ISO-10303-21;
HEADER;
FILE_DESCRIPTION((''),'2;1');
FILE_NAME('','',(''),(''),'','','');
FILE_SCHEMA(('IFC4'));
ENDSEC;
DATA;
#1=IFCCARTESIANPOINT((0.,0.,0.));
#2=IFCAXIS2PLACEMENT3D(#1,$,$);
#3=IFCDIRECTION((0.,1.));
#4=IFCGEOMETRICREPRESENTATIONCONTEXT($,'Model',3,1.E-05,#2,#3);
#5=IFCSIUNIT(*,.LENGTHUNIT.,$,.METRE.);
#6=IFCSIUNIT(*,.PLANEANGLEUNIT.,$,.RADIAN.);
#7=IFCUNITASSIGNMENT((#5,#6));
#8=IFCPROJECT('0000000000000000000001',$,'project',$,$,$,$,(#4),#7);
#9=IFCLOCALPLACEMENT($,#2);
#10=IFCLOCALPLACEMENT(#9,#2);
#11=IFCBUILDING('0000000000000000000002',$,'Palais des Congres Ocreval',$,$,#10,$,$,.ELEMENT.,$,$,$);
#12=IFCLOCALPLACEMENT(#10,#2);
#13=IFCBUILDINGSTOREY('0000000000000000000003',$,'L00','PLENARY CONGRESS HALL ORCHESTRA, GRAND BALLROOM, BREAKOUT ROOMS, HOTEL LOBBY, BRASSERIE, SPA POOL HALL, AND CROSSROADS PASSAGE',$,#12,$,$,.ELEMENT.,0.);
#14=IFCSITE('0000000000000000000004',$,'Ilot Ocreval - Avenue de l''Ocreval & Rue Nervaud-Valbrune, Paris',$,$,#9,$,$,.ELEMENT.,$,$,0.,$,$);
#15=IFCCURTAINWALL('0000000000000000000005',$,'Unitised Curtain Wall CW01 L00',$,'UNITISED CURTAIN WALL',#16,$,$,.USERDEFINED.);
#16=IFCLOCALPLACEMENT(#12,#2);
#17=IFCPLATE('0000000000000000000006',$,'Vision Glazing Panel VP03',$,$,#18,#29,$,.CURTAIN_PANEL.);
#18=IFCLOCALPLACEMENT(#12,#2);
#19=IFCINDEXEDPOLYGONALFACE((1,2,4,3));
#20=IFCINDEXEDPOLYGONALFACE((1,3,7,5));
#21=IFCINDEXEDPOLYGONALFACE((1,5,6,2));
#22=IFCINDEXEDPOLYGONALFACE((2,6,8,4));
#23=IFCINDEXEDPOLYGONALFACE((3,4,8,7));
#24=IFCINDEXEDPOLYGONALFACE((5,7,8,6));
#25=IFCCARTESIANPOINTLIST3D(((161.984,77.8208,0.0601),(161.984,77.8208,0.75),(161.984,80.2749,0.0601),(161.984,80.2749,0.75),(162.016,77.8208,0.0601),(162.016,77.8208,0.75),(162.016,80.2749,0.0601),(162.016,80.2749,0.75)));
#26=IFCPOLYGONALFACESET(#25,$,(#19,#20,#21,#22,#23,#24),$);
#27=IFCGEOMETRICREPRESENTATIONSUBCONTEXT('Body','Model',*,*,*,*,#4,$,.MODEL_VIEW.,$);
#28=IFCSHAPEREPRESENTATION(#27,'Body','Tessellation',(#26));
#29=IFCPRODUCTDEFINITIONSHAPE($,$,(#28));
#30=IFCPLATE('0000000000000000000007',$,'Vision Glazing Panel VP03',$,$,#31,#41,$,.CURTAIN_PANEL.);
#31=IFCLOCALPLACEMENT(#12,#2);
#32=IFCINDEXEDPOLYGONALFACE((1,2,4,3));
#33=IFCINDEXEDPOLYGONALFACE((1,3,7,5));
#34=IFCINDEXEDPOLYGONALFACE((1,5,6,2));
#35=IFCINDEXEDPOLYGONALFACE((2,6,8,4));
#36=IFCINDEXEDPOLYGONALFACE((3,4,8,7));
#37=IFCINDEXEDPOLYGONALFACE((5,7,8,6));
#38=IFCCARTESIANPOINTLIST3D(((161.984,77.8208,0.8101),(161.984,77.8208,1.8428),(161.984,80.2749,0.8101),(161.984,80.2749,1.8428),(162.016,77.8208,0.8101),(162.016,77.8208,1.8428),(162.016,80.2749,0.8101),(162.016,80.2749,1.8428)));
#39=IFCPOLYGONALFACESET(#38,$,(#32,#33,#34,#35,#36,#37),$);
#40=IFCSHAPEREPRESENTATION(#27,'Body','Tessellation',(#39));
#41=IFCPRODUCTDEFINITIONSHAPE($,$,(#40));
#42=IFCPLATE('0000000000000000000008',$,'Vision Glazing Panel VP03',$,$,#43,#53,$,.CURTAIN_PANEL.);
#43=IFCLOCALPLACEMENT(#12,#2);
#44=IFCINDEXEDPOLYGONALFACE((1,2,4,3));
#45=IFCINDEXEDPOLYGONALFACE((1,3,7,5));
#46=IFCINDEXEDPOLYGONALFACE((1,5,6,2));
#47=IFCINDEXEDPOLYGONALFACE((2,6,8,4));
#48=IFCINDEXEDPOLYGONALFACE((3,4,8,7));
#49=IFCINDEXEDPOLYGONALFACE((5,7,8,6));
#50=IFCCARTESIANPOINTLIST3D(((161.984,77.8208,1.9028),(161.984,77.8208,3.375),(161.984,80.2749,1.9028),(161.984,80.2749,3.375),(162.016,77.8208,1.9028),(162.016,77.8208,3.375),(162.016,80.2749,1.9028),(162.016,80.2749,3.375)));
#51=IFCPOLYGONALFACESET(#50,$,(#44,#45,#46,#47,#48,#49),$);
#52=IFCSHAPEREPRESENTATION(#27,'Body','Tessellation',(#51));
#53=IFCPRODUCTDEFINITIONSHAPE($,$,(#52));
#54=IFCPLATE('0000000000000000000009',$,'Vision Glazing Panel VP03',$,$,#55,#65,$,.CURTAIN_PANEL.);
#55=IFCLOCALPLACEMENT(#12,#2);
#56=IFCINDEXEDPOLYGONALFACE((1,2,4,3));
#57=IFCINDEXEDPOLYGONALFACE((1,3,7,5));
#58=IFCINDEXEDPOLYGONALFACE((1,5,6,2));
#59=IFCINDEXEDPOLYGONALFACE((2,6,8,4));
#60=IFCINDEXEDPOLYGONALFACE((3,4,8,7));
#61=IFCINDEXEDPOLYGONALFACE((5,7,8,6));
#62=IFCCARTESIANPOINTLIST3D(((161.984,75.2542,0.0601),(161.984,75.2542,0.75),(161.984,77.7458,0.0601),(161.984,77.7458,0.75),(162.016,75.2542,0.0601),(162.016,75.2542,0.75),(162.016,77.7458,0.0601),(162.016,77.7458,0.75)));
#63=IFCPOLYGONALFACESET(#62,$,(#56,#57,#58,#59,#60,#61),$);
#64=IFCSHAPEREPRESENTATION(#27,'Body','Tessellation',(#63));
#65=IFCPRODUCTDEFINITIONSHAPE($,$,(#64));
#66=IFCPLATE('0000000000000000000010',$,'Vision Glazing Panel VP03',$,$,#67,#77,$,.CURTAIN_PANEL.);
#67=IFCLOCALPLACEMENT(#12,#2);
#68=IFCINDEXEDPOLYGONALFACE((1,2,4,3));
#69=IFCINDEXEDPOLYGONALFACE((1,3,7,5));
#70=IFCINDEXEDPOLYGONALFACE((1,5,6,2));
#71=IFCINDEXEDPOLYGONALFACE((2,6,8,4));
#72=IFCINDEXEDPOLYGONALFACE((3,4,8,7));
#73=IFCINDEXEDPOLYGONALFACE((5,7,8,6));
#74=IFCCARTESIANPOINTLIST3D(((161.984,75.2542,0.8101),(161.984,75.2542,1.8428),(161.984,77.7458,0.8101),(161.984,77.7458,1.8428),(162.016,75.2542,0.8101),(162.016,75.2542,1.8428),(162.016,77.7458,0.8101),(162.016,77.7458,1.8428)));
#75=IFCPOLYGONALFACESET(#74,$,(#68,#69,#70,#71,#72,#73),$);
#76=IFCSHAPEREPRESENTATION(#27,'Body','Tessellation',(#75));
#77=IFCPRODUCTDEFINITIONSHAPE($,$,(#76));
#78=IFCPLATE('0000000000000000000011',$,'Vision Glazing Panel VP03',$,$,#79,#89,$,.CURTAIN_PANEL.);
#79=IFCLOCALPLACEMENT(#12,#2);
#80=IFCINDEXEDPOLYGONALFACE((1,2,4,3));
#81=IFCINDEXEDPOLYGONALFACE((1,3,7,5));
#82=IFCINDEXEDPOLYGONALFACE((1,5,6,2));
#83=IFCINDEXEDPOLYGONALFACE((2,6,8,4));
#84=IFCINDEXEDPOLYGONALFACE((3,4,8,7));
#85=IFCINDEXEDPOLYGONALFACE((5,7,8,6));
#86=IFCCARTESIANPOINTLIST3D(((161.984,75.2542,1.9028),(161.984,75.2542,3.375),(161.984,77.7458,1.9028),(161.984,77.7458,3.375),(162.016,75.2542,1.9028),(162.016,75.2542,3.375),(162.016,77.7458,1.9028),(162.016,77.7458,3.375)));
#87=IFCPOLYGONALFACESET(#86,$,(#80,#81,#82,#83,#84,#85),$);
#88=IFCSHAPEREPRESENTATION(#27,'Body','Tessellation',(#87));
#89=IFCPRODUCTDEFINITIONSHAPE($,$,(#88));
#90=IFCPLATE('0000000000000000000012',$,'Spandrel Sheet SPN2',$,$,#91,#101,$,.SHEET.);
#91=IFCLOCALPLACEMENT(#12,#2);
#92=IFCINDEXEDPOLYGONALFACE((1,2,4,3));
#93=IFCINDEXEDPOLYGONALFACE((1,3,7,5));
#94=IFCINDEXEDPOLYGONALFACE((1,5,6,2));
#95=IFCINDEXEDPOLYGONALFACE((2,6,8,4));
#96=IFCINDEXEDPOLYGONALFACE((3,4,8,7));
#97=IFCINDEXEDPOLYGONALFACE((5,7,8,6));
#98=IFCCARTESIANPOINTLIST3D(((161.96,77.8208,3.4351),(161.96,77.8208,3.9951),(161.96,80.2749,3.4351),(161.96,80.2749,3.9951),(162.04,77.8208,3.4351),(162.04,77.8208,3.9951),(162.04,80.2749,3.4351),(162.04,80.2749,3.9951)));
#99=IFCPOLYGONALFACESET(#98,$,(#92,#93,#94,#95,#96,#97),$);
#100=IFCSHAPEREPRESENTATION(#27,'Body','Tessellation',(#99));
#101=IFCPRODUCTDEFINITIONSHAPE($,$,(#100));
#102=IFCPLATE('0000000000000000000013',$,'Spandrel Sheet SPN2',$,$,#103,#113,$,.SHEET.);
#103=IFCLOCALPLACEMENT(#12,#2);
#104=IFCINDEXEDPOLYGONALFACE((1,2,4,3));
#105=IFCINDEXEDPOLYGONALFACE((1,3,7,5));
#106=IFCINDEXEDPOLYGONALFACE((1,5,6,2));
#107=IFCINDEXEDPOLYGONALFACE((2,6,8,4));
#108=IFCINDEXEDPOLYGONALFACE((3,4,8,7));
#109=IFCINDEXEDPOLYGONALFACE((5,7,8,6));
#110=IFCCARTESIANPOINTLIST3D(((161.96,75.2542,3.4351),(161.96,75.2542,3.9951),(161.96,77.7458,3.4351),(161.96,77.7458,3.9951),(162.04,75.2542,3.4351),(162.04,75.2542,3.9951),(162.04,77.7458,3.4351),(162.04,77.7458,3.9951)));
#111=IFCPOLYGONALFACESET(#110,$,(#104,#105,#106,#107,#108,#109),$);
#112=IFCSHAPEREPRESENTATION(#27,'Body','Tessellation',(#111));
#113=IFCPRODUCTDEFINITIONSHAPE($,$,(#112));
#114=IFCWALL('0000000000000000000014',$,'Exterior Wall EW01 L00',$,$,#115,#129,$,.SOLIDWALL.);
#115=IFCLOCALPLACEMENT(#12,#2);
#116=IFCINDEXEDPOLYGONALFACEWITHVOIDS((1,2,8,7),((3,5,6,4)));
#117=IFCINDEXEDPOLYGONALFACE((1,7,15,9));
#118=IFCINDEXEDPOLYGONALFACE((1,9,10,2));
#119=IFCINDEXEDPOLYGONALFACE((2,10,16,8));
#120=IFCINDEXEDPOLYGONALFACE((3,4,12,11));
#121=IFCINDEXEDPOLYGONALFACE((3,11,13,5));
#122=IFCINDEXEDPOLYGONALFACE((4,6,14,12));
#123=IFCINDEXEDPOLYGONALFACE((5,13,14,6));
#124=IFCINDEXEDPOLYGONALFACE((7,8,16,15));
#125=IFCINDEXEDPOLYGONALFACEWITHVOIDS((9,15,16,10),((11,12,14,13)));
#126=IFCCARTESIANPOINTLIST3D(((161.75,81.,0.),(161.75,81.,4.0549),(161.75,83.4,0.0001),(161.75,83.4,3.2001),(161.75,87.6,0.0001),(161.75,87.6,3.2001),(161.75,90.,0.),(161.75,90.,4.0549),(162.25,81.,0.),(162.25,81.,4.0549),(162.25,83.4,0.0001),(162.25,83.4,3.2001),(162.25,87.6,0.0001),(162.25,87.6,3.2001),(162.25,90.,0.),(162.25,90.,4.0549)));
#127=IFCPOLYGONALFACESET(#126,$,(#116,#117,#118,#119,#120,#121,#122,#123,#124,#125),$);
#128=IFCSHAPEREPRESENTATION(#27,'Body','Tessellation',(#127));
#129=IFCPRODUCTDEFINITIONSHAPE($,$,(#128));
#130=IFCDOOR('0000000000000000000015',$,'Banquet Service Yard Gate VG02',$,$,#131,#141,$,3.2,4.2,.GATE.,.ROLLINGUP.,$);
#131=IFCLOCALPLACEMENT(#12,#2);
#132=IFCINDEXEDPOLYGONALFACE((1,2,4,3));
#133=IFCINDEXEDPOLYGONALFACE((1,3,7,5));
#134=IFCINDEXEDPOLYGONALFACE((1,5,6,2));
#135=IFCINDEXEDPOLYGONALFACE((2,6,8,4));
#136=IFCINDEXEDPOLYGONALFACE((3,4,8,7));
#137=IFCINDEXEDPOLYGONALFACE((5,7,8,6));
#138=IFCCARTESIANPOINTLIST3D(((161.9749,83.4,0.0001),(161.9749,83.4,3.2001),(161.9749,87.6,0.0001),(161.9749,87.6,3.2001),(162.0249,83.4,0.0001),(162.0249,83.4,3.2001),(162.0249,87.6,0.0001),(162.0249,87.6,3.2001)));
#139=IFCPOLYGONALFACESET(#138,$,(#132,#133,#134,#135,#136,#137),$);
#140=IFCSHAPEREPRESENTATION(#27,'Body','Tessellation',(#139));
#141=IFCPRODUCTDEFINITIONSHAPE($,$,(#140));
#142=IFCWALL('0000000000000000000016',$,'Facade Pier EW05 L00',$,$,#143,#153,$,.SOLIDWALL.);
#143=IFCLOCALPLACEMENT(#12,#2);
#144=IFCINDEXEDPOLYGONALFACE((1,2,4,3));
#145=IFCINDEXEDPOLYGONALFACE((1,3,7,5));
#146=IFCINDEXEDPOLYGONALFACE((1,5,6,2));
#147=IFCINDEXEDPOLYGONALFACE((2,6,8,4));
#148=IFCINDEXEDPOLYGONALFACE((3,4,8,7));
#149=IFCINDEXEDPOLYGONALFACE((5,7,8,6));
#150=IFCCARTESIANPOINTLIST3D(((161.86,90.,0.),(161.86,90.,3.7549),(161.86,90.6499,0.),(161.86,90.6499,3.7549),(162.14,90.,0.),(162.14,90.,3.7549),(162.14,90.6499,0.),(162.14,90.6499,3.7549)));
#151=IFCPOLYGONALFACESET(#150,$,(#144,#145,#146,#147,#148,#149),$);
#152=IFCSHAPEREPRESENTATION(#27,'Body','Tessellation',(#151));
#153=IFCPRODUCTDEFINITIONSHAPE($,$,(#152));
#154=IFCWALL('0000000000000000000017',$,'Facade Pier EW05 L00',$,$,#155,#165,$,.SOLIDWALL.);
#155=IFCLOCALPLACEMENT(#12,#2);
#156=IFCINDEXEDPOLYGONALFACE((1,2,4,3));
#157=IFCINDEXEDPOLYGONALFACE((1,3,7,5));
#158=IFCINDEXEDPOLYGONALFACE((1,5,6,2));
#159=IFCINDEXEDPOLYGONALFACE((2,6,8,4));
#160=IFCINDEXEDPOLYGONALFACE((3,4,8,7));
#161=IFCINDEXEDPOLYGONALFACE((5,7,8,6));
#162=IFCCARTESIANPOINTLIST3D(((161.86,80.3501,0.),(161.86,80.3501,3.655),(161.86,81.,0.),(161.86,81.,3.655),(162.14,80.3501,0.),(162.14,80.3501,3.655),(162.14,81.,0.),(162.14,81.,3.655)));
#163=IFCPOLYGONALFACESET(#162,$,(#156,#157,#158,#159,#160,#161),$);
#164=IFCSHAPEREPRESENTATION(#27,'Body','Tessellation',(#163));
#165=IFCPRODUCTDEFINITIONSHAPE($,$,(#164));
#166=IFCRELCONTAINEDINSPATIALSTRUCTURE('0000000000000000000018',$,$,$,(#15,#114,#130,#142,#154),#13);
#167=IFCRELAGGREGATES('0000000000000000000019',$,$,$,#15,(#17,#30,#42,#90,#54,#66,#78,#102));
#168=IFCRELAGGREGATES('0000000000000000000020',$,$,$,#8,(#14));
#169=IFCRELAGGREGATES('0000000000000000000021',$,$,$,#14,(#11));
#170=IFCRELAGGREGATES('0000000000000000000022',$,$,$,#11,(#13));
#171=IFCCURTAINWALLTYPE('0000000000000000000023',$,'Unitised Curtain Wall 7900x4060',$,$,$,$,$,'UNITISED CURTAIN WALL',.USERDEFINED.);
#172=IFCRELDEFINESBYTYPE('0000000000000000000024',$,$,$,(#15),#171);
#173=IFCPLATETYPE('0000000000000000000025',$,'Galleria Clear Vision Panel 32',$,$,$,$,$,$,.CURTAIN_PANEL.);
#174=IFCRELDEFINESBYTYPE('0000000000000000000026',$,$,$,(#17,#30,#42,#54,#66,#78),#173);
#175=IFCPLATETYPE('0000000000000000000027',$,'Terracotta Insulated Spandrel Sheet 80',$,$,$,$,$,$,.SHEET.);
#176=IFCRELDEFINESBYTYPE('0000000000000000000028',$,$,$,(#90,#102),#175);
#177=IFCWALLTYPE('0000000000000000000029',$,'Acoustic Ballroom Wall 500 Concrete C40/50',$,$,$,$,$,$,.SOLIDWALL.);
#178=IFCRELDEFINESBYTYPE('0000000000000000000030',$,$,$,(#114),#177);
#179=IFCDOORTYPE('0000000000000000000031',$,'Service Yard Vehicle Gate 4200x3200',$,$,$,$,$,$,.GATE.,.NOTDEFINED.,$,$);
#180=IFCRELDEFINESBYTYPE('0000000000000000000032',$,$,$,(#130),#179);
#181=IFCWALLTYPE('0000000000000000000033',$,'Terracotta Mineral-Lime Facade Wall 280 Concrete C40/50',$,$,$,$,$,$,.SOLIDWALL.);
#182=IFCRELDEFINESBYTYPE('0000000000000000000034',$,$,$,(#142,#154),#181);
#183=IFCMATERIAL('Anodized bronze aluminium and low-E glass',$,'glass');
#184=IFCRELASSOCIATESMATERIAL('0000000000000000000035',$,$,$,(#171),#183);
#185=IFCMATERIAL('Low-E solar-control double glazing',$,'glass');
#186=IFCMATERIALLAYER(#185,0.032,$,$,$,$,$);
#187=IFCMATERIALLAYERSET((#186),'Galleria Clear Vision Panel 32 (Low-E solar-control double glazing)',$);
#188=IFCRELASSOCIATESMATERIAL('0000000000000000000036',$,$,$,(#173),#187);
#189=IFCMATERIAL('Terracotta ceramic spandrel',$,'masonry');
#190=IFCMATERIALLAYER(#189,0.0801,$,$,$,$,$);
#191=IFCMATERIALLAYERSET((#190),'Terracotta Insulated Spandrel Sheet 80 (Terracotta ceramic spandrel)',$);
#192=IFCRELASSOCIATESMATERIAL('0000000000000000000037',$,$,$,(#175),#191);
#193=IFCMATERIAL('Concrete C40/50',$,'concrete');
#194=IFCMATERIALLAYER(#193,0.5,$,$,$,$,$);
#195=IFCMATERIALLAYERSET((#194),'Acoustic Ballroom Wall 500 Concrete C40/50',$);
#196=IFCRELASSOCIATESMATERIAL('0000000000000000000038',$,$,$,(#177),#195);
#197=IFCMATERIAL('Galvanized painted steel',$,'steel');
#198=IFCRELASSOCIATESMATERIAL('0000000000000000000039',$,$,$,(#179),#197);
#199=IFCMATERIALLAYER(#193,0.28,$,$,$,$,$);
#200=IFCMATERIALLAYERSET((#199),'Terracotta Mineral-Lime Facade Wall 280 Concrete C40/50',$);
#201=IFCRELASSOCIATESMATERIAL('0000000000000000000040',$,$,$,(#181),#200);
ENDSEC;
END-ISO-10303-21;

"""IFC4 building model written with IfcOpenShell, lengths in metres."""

from ifc_helpers import new_model, si_unit, direction, frame, frame_2d, origin, origin_2d, place, context, subcontext, project, spatial, rectangle, extrude, material, layer, layer_set, type_object, element, fill, aggregate, save


model = new_model("IFC4")

# Units and contexts
model_context = context("Model", 3, precision=1e-05, world=origin(), true_north=direction((0.0, 1.0)))
body_context = subcontext(model_context, "Body", "Model", "MODEL_VIEW")
ifc_project = project(units=[si_unit("LENGTHUNIT", "METRE"), si_unit("PLANEANGLEUNIT", "RADIAN")], contexts=[model_context])

# Site, building, storey
site_placement = place(None, origin())
site = spatial("IfcSite", under=ifc_project, at=site_placement, Name="Ilot Ocreval - Avenue de l'Ocreval & Rue Nervaud-Valbrune, Paris", CompositionType="ELEMENT", RefElevation=0.0)
building_placement = place(site_placement, origin())
building = spatial("IfcBuilding", under=site, at=building_placement, Name="Palais des Congres Ocreval", CompositionType="ELEMENT")
storey_placement = place(building_placement, origin())
storey = spatial("IfcBuildingStorey", under=building, at=storey_placement, Name="L00", Description="PLENARY CONGRESS HALL ORCHESTRA, GRAND BALLROOM, BREAKOUT ROOMS, HOTEL LOBBY, BRASSERIE, SPA POOL HALL, AND CROSSROADS PASSAGE", CompositionType="ELEMENT", Elevation=0.0)

# Shared definitions
ifc_material_1 = material(Name="Anodized bronze aluminium and low-E glass", Category="glass")
curtain_wall_type = type_object("IfcCurtainWallType", Name="Unitised Curtain Wall 7900x4060", ElementType="UNITISED CURTAIN WALL", PredefinedType="USERDEFINED", material=ifc_material_1)

# Curtain wall
curtain_wall_1_placement = place(storey_placement, origin())
curtain_wall_1 = element("IfcCurtainWall", 1, at=curtain_wall_1_placement, inside=storey, type_object=curtain_wall_type, Name="Unitised Curtain Wall CW01 L00", ObjectType="UNITISED CURTAIN WALL", PredefinedType="USERDEFINED")

# Plates
ifc_material_2 = material(Name="Low-E solar-control double glazing", Category="glass")
ifc_layer_1 = layer(ifc_material_2, 0.032)
ifc_layer_set_1 = layer_set([ifc_layer_1], Name="Galleria Clear Vision Panel 32 (Low-E solar-control double glazing)")
plate_type_1 = type_object("IfcPlateType", Name="Galleria Clear Vision Panel 32", PredefinedType="CURTAIN_PANEL", material=ifc_layer_set_1)
plate_1_placement = place(storey_placement, frame((162.0, 79.0479, 0.0601), z_axis=(0.0, 0.0, 1.0), x_axis=(0.0, -1.0, 0.0)))
plate_1 = element("IfcPlate", 2, at=plate_1_placement, type_object=plate_type_1, Name="Vision Glazing Panel VP03", PredefinedType="CURTAIN_PANEL", context=body_context, shape_type="SweptSolid", body=[
    extrude(rectangle(XDim=2.4541, YDim=0.032, at=origin_2d()), origin(), (0.0, 0.0, 1.0), 0.6899),
])
plate_2_placement = place(storey_placement, frame((162.0, 79.0479, 0.8101), z_axis=(0.0, 0.0, 1.0), x_axis=(0.0, -1.0, 0.0)))
plate_2 = element("IfcPlate", 3, at=plate_2_placement, type_object=plate_type_1, Name="Vision Glazing Panel VP03", PredefinedType="CURTAIN_PANEL", context=body_context, shape_type="SweptSolid", body=[
    extrude(rectangle(XDim=2.4541, YDim=0.032, at=origin_2d()), origin(), (0.0, 0.0, 1.0), 1.0327),
])
plate_3_placement = place(storey_placement, frame((162.0, 79.0479, 1.9028), z_axis=(0.0, 0.0, 1.0), x_axis=(0.0, -1.0, 0.0)))
plate_3 = element("IfcPlate", 4, at=plate_3_placement, type_object=plate_type_1, Name="Vision Glazing Panel VP03", PredefinedType="CURTAIN_PANEL", context=body_context, shape_type="SweptSolid", body=[
    extrude(rectangle(XDim=2.4541, YDim=0.032, at=origin_2d()), origin(), (0.0, 0.0, 1.0), 1.4722),
])
plate_4_placement = place(storey_placement, frame((162.0, 76.5, 0.0601), z_axis=(0.0, 0.0, 1.0), x_axis=(0.0, -1.0, 0.0)))
plate_4 = element("IfcPlate", 5, at=plate_4_placement, type_object=plate_type_1, Name="Vision Glazing Panel VP03", PredefinedType="CURTAIN_PANEL", context=body_context, shape_type="SweptSolid", body=[
    extrude(rectangle(XDim=2.4917, YDim=0.032, at=origin_2d()), origin(), (0.0, 0.0, 1.0), 0.6899),
])
plate_5_placement = place(storey_placement, frame((162.0, 76.5, 0.8101), z_axis=(0.0, 0.0, 1.0), x_axis=(0.0, -1.0, 0.0)))
plate_5 = element("IfcPlate", 6, at=plate_5_placement, type_object=plate_type_1, Name="Vision Glazing Panel VP03", PredefinedType="CURTAIN_PANEL", context=body_context, shape_type="SweptSolid", body=[
    extrude(rectangle(XDim=2.4917, YDim=0.032, at=origin_2d()), origin(), (0.0, 0.0, 1.0), 1.0327),
])
plate_6_placement = place(storey_placement, frame((162.0, 76.5, 1.9028), z_axis=(0.0, 0.0, 1.0), x_axis=(0.0, -1.0, 0.0)))
plate_6 = element("IfcPlate", 7, at=plate_6_placement, type_object=plate_type_1, Name="Vision Glazing Panel VP03", PredefinedType="CURTAIN_PANEL", context=body_context, shape_type="SweptSolid", body=[
    extrude(rectangle(XDim=2.4917, YDim=0.032, at=origin_2d()), origin(), (0.0, 0.0, 1.0), 1.4722),
])
ifc_material_3 = material(Name="Terracotta ceramic spandrel", Category="masonry")
ifc_layer_2 = layer(ifc_material_3, 0.0801)
ifc_layer_set_2 = layer_set([ifc_layer_2], Name="Terracotta Insulated Spandrel Sheet 80 (Terracotta ceramic spandrel)")
plate_type_2 = type_object("IfcPlateType", Name="Terracotta Insulated Spandrel Sheet 80", PredefinedType="SHEET", material=ifc_layer_set_2)
plate_7_placement = place(storey_placement, frame((162.0, 79.0479, 3.4351), z_axis=(0.0, 0.0, 1.0), x_axis=(0.0, -1.0, 0.0)))
plate_7 = element("IfcPlate", 8, at=plate_7_placement, type_object=plate_type_2, Name="Spandrel Sheet SPN2", PredefinedType="SHEET", context=body_context, shape_type="SweptSolid", body=[
    extrude(rectangle(XDim=2.4541, YDim=0.0801, at=origin_2d()), origin(), (0.0, 0.0, 1.0), 0.5601),
])
plate_8_placement = place(storey_placement, frame((162.0, 76.5, 3.4351), z_axis=(0.0, 0.0, 1.0), x_axis=(0.0, -1.0, 0.0)))
plate_8 = element("IfcPlate", 9, at=plate_8_placement, type_object=plate_type_2, Name="Spandrel Sheet SPN2", PredefinedType="SHEET", context=body_context, shape_type="SweptSolid", body=[
    extrude(rectangle(XDim=2.4917, YDim=0.0801, at=origin_2d()), origin(), (0.0, 0.0, 1.0), 0.5601),
])
aggregate(curtain_wall_1, [plate_1, plate_2, plate_3, plate_7, plate_4, plate_5, plate_6, plate_8])

# Wall, opening, door
ifc_material_4 = material(Name="Concrete C40/50", Category="concrete")
ifc_layer_3 = layer(ifc_material_4, 0.5)
ifc_layer_set_3 = layer_set([ifc_layer_3], Name="Acoustic Ballroom Wall 500 Concrete C40/50")
wall_type_1 = type_object("IfcWallType", Name="Acoustic Ballroom Wall 500 Concrete C40/50", PredefinedType="SOLIDWALL", material=ifc_layer_set_3)
wall_1_placement = place(storey_placement, frame((162.0, 90.0, 0.0), z_axis=(0.0, 0.0, 1.0), x_axis=(0.0, -1.0, 0.0)))
wall_1 = element("IfcWall", 10, at=wall_1_placement, inside=storey, type_object=wall_type_1, Name="Exterior Wall EW01 L00", PredefinedType="SOLIDWALL", context=body_context, shape_type="SweptSolid", body=[
    extrude(rectangle(XDim=9.0, YDim=0.5, at=frame_2d((4.5, 0.0))), origin(), (0.0, 0.0, 1.0), 4.0549),
])
opening_placement = place(wall_1_placement, frame((2.3999, 0.0, 0.0)))
opening = element("IfcOpeningElement", 11, at=opening_placement, cuts=wall_1, PredefinedType="OPENING", context=body_context, shape_type="SweptSolid", body=[
    extrude(rectangle(XDim=4.2, YDim=3.2, at=frame_2d((2.1001, 1.6001))), frame((0.0, 0.26, 0.0), z_axis=(0.0, -1.0, 0.0), x_axis=(1.0, 0.0, 0.0)), (0.0, 0.0, 1.0), 0.52),
])
ifc_material_5 = material(Name="Galvanized painted steel", Category="steel")
door_type = type_object("IfcDoorType", Name="Service Yard Vehicle Gate 4200x3200", OperationType="NOTDEFINED", PredefinedType="GATE", material=ifc_material_5)
door_placement = place(opening_placement, origin())
door = element("IfcDoor", 12, at=door_placement, inside=storey, type_object=door_type, Name="Banquet Service Yard Gate VG02", OperationType="ROLLINGUP", OverallHeight=3.2, OverallWidth=4.2, PredefinedType="GATE", context=body_context, shape_type="SweptSolid", body=[
    extrude(rectangle(XDim=4.2, YDim=3.2, at=frame_2d((2.1001, 1.6001))), frame((0.0, 0.0249, 0.0), z_axis=(0.0, -1.0, 0.0), x_axis=(1.0, 0.0, 0.0)), (0.0, 0.0, 1.0), 0.05),
])
fill(opening, door)

# Walls
ifc_layer_4 = layer(ifc_material_4, 0.28)
ifc_layer_set_4 = layer_set([ifc_layer_4], Name="Terracotta Mineral-Lime Facade Wall 280 Concrete C40/50")
wall_type_2 = type_object("IfcWallType", Name="Terracotta Mineral-Lime Facade Wall 280 Concrete C40/50", PredefinedType="SOLIDWALL", material=ifc_layer_set_4)
wall_2_placement = place(storey_placement, frame((162.0, 90.6499, 0.0), z_axis=(0.0, 0.0, 1.0), x_axis=(0.0, -1.0, 0.0)))
element("IfcWall", 13, at=wall_2_placement, inside=storey, type_object=wall_type_2, Name="Facade Pier EW05 L00", PredefinedType="SOLIDWALL", context=body_context, shape_type="SweptSolid", body=[
    extrude(rectangle(XDim=0.6499, YDim=0.28, at=frame_2d((0.325, 0.0))), origin(), (0.0, 0.0, 1.0), 3.7549),
])
wall_3_placement = place(storey_placement, frame((162.0, 81.0, 0.0), z_axis=(0.0, 0.0, 1.0), x_axis=(0.0, -1.0, 0.0)))
element("IfcWall", 14, at=wall_3_placement, inside=storey, type_object=wall_type_2, Name="Facade Pier EW05 L00", PredefinedType="SOLIDWALL", context=body_context, shape_type="SweptSolid", body=[
    extrude(rectangle(XDim=0.6499, YDim=0.28, at=frame_2d((0.325, 0.0))), origin(), (0.0, 0.0, 1.0), 3.655),
])

save(model, "model.ifc")
